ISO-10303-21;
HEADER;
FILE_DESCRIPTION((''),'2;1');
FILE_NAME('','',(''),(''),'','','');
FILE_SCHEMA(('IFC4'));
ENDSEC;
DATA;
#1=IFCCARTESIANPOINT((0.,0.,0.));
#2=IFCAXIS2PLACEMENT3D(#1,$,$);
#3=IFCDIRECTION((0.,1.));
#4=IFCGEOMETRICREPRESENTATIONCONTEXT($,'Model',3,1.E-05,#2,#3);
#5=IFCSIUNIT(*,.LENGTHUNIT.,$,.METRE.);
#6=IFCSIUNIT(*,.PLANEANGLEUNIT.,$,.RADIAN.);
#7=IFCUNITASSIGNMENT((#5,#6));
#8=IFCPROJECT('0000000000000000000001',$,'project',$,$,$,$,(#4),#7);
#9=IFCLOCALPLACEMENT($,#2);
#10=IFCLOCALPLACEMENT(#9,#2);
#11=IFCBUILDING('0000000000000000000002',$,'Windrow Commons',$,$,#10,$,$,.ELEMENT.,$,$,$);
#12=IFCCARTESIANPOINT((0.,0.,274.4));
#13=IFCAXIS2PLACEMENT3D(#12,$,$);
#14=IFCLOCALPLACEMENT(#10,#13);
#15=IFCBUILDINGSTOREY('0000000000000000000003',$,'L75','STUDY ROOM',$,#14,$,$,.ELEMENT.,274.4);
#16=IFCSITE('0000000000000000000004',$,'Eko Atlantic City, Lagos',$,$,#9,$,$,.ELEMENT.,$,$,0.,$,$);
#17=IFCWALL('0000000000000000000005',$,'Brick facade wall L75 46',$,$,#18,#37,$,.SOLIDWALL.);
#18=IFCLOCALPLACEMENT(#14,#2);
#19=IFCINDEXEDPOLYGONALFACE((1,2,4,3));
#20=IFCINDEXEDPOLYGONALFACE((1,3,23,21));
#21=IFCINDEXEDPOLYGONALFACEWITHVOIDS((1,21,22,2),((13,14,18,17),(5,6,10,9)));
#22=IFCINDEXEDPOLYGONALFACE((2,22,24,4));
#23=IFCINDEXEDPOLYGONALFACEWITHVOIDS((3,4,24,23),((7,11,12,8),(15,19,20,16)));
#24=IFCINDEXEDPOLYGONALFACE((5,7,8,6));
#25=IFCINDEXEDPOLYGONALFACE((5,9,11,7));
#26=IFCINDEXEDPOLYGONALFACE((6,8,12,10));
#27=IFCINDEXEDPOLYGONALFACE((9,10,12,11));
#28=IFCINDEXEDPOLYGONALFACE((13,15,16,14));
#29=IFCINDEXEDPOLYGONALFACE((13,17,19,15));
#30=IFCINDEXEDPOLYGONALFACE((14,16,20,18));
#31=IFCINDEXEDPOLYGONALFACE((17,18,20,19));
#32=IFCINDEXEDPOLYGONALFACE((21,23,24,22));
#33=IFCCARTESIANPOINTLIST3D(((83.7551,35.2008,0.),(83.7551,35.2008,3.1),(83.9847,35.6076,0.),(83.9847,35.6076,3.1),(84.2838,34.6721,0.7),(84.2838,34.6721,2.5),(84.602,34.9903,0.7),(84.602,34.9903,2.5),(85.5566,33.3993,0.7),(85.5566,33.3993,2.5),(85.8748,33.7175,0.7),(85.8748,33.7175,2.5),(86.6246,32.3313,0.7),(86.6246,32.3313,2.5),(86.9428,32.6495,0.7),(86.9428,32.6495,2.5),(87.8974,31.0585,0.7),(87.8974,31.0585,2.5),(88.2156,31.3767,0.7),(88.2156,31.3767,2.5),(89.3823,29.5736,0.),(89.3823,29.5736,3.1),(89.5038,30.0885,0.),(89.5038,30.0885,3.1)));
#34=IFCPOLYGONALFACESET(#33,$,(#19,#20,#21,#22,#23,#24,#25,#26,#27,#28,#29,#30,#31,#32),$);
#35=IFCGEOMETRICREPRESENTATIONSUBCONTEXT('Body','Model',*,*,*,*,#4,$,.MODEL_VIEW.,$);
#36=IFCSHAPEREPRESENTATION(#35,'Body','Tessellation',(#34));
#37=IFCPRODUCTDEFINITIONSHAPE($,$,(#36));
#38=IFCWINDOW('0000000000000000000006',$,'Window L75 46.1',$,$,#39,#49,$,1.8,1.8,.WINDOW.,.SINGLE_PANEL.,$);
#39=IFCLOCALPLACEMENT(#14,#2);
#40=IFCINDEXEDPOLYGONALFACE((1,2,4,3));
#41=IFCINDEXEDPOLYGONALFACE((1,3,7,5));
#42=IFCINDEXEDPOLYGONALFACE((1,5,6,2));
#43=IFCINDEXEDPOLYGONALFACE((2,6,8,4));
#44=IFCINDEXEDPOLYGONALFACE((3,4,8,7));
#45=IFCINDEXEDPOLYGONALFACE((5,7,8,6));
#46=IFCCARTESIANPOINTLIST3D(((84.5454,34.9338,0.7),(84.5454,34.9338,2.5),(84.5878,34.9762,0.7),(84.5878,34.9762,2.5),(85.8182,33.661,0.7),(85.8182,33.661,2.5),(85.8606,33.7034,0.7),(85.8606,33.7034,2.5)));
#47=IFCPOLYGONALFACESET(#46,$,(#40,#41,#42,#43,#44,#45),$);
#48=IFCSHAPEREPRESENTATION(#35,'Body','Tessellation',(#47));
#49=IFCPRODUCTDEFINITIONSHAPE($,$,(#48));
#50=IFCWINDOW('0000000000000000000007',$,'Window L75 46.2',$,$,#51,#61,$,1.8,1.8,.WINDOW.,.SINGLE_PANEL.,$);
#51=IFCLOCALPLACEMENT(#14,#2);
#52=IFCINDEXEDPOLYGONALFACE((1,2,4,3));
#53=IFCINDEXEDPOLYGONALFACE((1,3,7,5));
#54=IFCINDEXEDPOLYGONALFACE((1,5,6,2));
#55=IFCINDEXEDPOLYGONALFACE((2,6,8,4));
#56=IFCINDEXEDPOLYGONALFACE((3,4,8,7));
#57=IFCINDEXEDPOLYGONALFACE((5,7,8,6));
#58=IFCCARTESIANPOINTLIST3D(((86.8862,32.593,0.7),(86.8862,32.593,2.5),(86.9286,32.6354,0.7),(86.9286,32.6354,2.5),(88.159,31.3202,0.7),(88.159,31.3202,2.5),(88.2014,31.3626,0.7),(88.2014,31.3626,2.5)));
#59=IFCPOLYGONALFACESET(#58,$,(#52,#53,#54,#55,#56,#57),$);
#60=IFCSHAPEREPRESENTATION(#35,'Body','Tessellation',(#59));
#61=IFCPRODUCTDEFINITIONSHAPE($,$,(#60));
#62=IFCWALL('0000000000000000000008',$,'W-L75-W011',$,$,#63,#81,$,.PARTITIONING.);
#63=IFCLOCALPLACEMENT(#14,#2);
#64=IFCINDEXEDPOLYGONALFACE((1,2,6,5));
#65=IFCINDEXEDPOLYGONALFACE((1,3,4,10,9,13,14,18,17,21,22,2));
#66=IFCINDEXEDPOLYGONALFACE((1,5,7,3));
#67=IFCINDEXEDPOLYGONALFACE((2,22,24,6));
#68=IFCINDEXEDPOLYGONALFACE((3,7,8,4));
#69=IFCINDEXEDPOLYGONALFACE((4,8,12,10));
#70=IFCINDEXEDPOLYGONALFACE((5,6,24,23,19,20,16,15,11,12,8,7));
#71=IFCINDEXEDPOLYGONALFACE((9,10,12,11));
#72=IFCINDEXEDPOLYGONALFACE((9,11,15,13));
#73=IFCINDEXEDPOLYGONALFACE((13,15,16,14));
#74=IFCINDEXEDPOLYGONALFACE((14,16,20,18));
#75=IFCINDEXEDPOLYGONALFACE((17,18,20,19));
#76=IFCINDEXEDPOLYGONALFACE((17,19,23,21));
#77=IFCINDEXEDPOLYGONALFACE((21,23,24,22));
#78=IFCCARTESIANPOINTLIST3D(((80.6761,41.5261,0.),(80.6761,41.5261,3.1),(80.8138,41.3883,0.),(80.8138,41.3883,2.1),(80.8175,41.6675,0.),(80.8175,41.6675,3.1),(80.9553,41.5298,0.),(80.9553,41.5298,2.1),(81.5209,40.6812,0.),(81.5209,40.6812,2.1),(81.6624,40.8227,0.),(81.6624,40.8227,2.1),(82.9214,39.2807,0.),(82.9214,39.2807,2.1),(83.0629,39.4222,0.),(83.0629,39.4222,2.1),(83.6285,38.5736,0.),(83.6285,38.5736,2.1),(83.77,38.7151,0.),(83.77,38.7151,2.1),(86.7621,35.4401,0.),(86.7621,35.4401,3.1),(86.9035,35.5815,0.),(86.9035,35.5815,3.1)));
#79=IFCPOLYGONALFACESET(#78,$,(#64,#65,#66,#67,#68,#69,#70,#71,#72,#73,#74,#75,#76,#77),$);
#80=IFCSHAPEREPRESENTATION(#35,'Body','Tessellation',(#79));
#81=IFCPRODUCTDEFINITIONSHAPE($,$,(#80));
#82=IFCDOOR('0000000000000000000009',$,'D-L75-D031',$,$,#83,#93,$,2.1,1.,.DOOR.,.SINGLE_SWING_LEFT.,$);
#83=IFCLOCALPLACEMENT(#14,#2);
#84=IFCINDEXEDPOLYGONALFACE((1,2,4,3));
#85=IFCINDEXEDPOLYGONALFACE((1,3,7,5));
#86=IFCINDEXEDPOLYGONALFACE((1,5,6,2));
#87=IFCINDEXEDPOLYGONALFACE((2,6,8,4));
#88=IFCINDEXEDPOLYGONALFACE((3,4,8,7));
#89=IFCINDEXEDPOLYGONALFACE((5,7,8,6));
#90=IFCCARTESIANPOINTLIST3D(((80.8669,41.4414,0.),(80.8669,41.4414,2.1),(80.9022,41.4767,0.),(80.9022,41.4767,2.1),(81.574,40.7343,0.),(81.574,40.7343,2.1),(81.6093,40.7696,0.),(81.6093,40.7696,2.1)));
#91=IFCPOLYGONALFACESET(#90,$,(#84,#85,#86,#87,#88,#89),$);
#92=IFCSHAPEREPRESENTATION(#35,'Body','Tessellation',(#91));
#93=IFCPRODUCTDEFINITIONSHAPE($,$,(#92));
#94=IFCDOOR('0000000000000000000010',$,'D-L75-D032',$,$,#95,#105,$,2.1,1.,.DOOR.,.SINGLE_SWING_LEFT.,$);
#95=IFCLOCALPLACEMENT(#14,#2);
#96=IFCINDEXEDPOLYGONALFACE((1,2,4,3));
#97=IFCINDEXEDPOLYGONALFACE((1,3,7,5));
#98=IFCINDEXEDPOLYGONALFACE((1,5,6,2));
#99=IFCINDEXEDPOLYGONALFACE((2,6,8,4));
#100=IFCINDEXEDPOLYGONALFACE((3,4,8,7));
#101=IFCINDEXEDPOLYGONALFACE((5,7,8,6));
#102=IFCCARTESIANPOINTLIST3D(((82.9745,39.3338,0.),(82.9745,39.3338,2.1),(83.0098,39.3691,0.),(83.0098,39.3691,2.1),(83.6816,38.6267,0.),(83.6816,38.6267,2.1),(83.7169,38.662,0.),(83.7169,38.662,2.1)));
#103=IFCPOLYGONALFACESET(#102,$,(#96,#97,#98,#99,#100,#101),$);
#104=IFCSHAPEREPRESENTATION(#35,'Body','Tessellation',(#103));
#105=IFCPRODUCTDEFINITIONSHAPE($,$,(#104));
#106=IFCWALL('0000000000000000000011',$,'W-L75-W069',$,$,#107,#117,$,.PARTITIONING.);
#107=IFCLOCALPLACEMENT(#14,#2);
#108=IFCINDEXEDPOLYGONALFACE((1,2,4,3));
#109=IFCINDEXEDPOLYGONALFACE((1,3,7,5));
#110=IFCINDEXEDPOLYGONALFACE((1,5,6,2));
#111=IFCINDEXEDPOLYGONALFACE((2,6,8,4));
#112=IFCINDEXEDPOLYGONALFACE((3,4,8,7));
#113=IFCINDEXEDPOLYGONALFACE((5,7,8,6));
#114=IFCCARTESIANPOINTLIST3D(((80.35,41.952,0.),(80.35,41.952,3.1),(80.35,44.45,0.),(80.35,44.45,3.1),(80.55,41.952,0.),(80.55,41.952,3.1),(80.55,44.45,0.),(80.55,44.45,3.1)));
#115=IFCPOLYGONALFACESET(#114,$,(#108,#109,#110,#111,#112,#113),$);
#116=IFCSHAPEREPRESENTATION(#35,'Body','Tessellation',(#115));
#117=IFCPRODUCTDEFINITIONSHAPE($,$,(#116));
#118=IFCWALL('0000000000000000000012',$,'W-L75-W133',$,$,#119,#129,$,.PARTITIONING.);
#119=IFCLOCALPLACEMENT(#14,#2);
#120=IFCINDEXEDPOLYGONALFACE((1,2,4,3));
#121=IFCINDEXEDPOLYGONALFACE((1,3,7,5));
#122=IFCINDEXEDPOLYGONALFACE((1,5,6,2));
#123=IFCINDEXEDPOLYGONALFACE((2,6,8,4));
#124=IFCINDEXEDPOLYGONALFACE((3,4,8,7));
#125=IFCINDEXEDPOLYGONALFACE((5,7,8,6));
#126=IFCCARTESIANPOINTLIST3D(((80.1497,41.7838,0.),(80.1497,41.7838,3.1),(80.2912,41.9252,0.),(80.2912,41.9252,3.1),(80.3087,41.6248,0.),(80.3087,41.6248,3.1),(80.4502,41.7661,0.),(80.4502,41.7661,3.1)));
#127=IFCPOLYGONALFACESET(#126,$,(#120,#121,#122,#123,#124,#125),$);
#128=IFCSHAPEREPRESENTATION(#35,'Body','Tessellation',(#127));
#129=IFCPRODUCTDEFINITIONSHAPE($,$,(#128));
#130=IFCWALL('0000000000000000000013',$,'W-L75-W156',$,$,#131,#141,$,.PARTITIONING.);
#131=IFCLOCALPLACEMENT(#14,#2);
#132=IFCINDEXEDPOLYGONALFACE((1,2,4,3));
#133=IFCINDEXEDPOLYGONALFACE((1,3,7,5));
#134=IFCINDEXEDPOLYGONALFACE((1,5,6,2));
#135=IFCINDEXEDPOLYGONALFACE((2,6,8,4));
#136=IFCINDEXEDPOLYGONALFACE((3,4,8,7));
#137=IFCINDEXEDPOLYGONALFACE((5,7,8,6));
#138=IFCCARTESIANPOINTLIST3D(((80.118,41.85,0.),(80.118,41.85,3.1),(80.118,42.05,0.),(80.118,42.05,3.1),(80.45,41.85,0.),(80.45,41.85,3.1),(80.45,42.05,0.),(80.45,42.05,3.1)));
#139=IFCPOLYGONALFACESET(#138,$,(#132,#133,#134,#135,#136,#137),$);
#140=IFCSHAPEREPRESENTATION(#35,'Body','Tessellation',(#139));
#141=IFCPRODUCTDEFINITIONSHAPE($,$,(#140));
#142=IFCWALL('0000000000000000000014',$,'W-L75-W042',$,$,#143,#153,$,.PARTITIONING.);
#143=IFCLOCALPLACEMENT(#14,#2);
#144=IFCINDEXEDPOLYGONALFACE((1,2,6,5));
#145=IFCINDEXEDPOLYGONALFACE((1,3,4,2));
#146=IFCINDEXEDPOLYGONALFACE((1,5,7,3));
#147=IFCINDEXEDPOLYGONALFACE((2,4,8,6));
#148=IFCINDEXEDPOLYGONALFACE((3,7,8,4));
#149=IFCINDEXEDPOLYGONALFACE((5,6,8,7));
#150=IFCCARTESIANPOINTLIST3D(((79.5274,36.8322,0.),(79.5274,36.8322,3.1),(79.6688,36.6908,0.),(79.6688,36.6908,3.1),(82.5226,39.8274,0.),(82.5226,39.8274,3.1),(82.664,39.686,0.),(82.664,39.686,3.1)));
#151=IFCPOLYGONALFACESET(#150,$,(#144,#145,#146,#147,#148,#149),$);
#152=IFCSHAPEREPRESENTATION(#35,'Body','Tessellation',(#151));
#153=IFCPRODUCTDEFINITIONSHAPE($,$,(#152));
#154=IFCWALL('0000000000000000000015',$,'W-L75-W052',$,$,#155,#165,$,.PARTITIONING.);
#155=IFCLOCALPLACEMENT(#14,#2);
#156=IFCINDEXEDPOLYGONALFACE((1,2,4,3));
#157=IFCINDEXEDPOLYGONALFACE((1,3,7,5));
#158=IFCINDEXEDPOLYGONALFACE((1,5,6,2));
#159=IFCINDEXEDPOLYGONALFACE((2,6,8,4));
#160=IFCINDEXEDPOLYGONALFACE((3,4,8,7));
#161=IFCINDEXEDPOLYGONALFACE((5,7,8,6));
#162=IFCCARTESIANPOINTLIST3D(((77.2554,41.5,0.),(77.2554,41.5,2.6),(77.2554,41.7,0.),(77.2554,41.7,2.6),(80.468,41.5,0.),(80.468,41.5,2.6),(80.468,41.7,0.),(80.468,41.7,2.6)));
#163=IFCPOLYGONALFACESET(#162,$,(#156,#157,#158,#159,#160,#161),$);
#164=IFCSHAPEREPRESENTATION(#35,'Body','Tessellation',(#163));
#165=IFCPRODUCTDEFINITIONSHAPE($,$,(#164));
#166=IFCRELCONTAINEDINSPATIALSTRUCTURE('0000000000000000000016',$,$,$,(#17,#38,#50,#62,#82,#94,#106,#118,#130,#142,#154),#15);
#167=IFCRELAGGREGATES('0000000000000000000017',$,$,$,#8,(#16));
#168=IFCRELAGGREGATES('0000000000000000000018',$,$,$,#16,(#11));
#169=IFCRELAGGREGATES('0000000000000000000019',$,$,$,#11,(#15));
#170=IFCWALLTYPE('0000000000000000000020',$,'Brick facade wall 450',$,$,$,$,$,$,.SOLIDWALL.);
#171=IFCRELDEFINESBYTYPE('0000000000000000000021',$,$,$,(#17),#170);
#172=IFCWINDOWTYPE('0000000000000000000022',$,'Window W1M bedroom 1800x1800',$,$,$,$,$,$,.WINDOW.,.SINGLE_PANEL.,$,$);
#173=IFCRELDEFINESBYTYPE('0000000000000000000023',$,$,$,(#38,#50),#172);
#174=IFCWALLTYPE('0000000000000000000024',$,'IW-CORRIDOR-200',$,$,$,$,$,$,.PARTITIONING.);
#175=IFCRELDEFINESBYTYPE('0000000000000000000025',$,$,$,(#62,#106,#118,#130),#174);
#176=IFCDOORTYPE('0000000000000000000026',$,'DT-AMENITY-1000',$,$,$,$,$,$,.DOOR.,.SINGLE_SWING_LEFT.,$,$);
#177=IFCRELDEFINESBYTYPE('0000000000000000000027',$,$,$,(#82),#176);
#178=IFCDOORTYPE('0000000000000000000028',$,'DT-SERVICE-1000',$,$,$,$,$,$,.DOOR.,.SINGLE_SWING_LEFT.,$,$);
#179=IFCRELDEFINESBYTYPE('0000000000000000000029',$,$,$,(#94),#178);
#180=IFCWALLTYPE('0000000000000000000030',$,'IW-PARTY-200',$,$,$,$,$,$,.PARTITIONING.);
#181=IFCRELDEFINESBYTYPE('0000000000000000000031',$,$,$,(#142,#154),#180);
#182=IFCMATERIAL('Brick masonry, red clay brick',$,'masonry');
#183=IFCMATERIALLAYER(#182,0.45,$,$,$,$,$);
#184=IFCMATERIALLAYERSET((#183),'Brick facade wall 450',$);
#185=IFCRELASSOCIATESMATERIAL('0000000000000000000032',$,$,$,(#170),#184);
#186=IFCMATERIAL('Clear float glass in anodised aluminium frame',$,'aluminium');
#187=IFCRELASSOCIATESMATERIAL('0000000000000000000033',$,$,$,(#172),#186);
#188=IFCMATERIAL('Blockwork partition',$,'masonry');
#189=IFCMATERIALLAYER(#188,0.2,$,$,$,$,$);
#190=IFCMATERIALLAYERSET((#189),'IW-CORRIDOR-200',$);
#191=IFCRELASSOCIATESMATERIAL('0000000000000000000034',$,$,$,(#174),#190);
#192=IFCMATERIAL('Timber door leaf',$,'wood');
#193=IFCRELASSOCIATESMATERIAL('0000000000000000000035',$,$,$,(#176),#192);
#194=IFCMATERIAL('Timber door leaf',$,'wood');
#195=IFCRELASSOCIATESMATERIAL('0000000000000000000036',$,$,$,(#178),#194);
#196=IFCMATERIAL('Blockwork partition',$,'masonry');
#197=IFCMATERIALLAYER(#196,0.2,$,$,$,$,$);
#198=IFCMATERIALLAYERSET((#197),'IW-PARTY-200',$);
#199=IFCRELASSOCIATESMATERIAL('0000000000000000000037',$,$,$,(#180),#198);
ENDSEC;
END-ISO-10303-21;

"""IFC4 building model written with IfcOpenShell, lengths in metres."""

from ifc_helpers import new_model, si_unit, direction, frame, frame_2d, origin, place, context, subcontext, project, spatial, polyline, rectangle, outline, extrude, material, layer, layer_set, type_object, element, fill, save


model = new_model("IFC4")

# Units and contexts
model_context = context("Model", 3, precision=1e-05, world=origin(), true_north=direction((0.0, 1.0)))
body_context = subcontext(model_context, "Body", "Model", "MODEL_VIEW")
ifc_project = project(units=[si_unit("LENGTHUNIT", "METRE"), si_unit("PLANEANGLEUNIT", "RADIAN")], contexts=[model_context])

# Site, building, storey
site_placement = place(None, origin())
site = spatial("IfcSite", under=ifc_project, at=site_placement, Name="Eko Atlantic City, Lagos", CompositionType="ELEMENT", RefElevation=0.0)
building_placement = place(site_placement, origin())
building = spatial("IfcBuilding", under=site, at=building_placement, Name="Windrow Commons", CompositionType="ELEMENT")
storey_placement = place(building_placement, frame((0.0, 0.0, 274.4)))
storey = spatial("IfcBuildingStorey", under=building, at=storey_placement, Name="L75", Description="STUDY ROOM", CompositionType="ELEMENT", Elevation=274.4)

# Shared definitions
ifc_material_1 = material(Name="Brick masonry, red clay brick", Category="masonry")
ifc_layer_1 = layer(ifc_material_1, 0.45)
ifc_layer_set_1 = layer_set([ifc_layer_1], Name="Brick facade wall 450")
wall_type_1 = type_object("IfcWallType", Name="Brick facade wall 450", PredefinedType="SOLIDWALL", material=ifc_layer_set_1)

# Wall, openings, windows
wall_1_placement = place(storey_placement, frame((83.8699, 35.4042, 0.0), z_axis=(0.0, 0.0, 1.0), x_axis=(0.707107, -0.707107, 0.0)))
wall_1 = element("IfcWall", 1, at=wall_1_placement, inside=storey, type_object=wall_type_1, Name="Brick facade wall L75 46", PredefinedType="SOLIDWALL", context=body_context, shape_type="SweptSolid", body=[
    extrude(outline(polyline([(0.0626, -0.225), (8.0207, -0.225), (7.7426, 0.225), (-0.0626, 0.225), (0.0626, -0.225)])), origin(), (0.0, 0.0, 1.0), 3.1),
])
opening_1_placement = place(wall_1_placement, frame((0.8103, 0.0, 0.7)))
opening_1 = element("IfcOpeningElement", 2, at=opening_1_placement, cuts=wall_1, PredefinedType="OPENING", context=body_context, shape_type="SweptSolid", body=[
    extrude(rectangle(XDim=1.8, YDim=1.8, at=frame_2d((0.9, 0.9))), frame((0.0, 0.235, 0.0), z_axis=(0.0, -1.0, 0.0), x_axis=(1.0, 0.0, 0.0)), (0.0, 0.0, 1.0), 0.47),
])
opening_2_placement = place(wall_1_placement, frame((4.1207, 0.0, 0.7)))
opening_2 = element("IfcOpeningElement", 3, at=opening_2_placement, cuts=wall_1, PredefinedType="OPENING", context=body_context, shape_type="SweptSolid", body=[
    extrude(rectangle(XDim=1.8, YDim=1.8, at=frame_2d((0.9, 0.9))), frame((0.0, 0.235, 0.0), z_axis=(0.0, -1.0, 0.0), x_axis=(1.0, 0.0, 0.0)), (0.0, 0.0, 1.0), 0.47),
])
ifc_material_2 = material(Name="Clear float glass in anodised aluminium frame", Category="aluminium")
window_type_1 = type_object("IfcWindowType", Name="Window W1M bedroom 1800x1800", PartitioningType="SINGLE_PANEL", PredefinedType="WINDOW", material=ifc_material_2)
window_1_placement = place(opening_1_placement, origin())
window_1 = element("IfcWindow", 4, at=window_1_placement, inside=storey, type_object=window_type_1, Name="Window L75 46.1", OverallHeight=1.8, OverallWidth=1.8, PartitioningType="SINGLE_PANEL", PredefinedType="WINDOW", context=body_context, shape_type="SweptSolid", body=[
    extrude(rectangle(XDim=1.8, YDim=1.8, at=frame_2d((0.9, 0.9))), frame((0.0, 0.205, 0.0), z_axis=(0.0, -1.0, 0.0), x_axis=(1.0, 0.0, 0.0)), (0.0, 0.0, 1.0), 0.06),
])
fill(opening_1, window_1)
window_2_placement = place(opening_2_placement, origin())
window_2 = element("IfcWindow", 5, at=window_2_placement, inside=storey, type_object=window_type_1, Name="Window L75 46.2", OverallHeight=1.8, OverallWidth=1.8, PartitioningType="SINGLE_PANEL", PredefinedType="WINDOW", context=body_context, shape_type="SweptSolid", body=[
    extrude(rectangle(XDim=1.8, YDim=1.8, at=frame_2d((0.9, 0.9))), frame((0.0, 0.205, 0.0), z_axis=(0.0, -1.0, 0.0), x_axis=(1.0, 0.0, 0.0)), (0.0, 0.0, 1.0), 0.06),
])
fill(opening_2, window_2)

# Wall, openings, doors
ifc_material_3 = material(Name="Blockwork partition", Category="masonry")
ifc_layer_2 = layer(ifc_material_3, 0.2)
ifc_layer_set_2 = layer_set([ifc_layer_2], Name="IW-CORRIDOR-200")
wall_type_2 = type_object("IfcWallType", Name="IW-CORRIDOR-200", PredefinedType="PARTITIONING", material=ifc_layer_set_2)
wall_2_placement = place(storey_placement, frame((80.7468, 41.5968, 0.0), z_axis=(0.0, 0.0, 1.0), x_axis=(0.707107, -0.707107, 0.0)))
wall_2 = element("IfcWall", 6, at=wall_2_placement, inside=storey, type_object=wall_type_2, Name="W-L75-W011", PredefinedType="PARTITIONING", context=body_context, shape_type="SweptSolid", body=[
    extrude(rectangle(XDim=8.6069, YDim=0.2, at=frame_2d((4.3034, 0.0))), origin(), (0.0, 0.0, 1.0), 3.1),
])
opening_3_placement = place(wall_2_placement, frame((0.1948, 0.0, 0.0)))
opening_3 = element("IfcOpeningElement", 7, at=opening_3_placement, cuts=wall_2, PredefinedType="OPENING", context=body_context, shape_type="SweptSolid", body=[
    extrude(rectangle(XDim=1.0, YDim=2.1, at=frame_2d((0.5, 1.05))), frame((0.0, 0.11, 0.0), z_axis=(0.0, -1.0, 0.0), x_axis=(1.0, 0.0, 0.0)), (0.0, 0.0, 1.0), 0.22),
])
opening_4_placement = place(wall_2_placement, frame((3.1754, 0.0, 0.0)))
opening_4 = element("IfcOpeningElement", 8, at=opening_4_placement, cuts=wall_2, PredefinedType="OPENING", context=body_context, shape_type="SweptSolid", body=[
    extrude(rectangle(XDim=1.0, YDim=2.1, at=frame_2d((0.5, 1.05))), frame((0.0, 0.11, 0.0), z_axis=(0.0, -1.0, 0.0), x_axis=(1.0, 0.0, 0.0)), (0.0, 0.0, 1.0), 0.22),
])
ifc_material_4 = material(Name="Timber door leaf", Category="wood")
door_type_1 = type_object("IfcDoorType", Name="DT-AMENITY-1000", OperationType="SINGLE_SWING_LEFT", PredefinedType="DOOR", material=ifc_material_4)
door_1_placement = place(opening_3_placement, origin())
door_1 = element("IfcDoor", 9, at=door_1_placement, inside=storey, type_object=door_type_1, Name="D-L75-D031", OperationType="SINGLE_SWING_LEFT", OverallHeight=2.1, OverallWidth=1.0, PredefinedType="DOOR", context=body_context, shape_type="SweptSolid", body=[
    extrude(rectangle(XDim=1.0, YDim=2.1, at=frame_2d((0.5, 1.05))), frame((0.0, 0.025, 0.0), z_axis=(0.0, -1.0, 0.0), x_axis=(1.0, 0.0, 0.0)), (0.0, 0.0, 1.0), 0.05),
])
fill(opening_3, door_1)
ifc_material_5 = material(Name="Timber door leaf", Category="wood")
door_type_2 = type_object("IfcDoorType", Name="DT-SERVICE-1000", OperationType="SINGLE_SWING_LEFT", PredefinedType="DOOR", material=ifc_material_5)
door_2_placement = place(opening_4_placement, origin())
door_2 = element("IfcDoor", 10, at=door_2_placement, inside=storey, type_object=door_type_2, Name="D-L75-D032", OperationType="SINGLE_SWING_LEFT", OverallHeight=2.1, OverallWidth=1.0, PredefinedType="DOOR", context=body_context, shape_type="SweptSolid", body=[
    extrude(rectangle(XDim=1.0, YDim=2.1, at=frame_2d((0.5, 1.05))), frame((0.0, 0.025, 0.0), z_axis=(0.0, -1.0, 0.0), x_axis=(1.0, 0.0, 0.0)), (0.0, 0.0, 1.0), 0.05),
])
fill(opening_4, door_2)

# Walls
wall_3_placement = place(storey_placement, frame((80.45, 41.952, 0.0), z_axis=(0.0, 0.0, 1.0), x_axis=(0.0, 1.0, 0.0)))
element("IfcWall", 11, at=wall_3_placement, inside=storey, type_object=wall_type_2, Name="W-L75-W069", PredefinedType="PARTITIONING", context=body_context, shape_type="SweptSolid", body=[
    extrude(rectangle(XDim=2.498, YDim=0.2, at=frame_2d((1.249, 0.0))), origin(), (0.0, 0.0, 1.0), 3.1),
])
wall_4_placement = place(storey_placement, frame((80.2205, 41.8545, 0.0), z_axis=(0.0, 0.0, 1.0), x_axis=(0.706884, -0.707329, 0.0)))
element("IfcWall", 12, at=wall_4_placement, inside=storey, type_object=wall_type_2, Name="W-L75-W133", PredefinedType="PARTITIONING", context=body_context, shape_type="SweptSolid", body=[
    extrude(rectangle(XDim=0.2249, YDim=0.2, at=frame_2d((0.1124, 0.0))), origin(), (0.0, 0.0, 1.0), 3.1),
])
wall_5_placement = place(storey_placement, frame((80.118, 41.95, 0.0), z_axis=(0.0, 0.0, 1.0), x_axis=(1.0, 0.0, 0.0)))
element("IfcWall", 13, at=wall_5_placement, inside=storey, type_object=wall_type_2, Name="W-L75-W156", PredefinedType="PARTITIONING", context=body_context, shape_type="SweptSolid", body=[
    extrude(rectangle(XDim=0.332, YDim=0.2, at=frame_2d((0.166, 0.0))), origin(), (0.0, 0.0, 1.0), 3.1),
])
ifc_material_6 = material(Name="Blockwork partition", Category="masonry")
ifc_layer_3 = layer(ifc_material_6, 0.2)
ifc_layer_set_3 = layer_set([ifc_layer_3], Name="IW-PARTY-200")
wall_type_3 = type_object("IfcWallType", Name="IW-PARTY-200", PredefinedType="PARTITIONING", material=ifc_layer_set_3)
wall_6_placement = place(storey_placement, frame((79.5981, 36.7615, 0.0), z_axis=(0.0, 0.0, 1.0), x_axis=(0.707107, 0.707107, 0.0)))
element("IfcWall", 14, at=wall_6_placement, inside=storey, type_object=wall_type_3, Name="W-L75-W042", PredefinedType="PARTITIONING", context=body_context, shape_type="SweptSolid", body=[
    extrude(rectangle(XDim=4.2359, YDim=0.2, at=frame_2d((2.1179, 0.0))), origin(), (0.0, 0.0, 1.0), 3.1),
])
wall_7_placement = place(storey_placement, frame((77.2555, 41.6, 0.0), z_axis=(0.0, 0.0, 1.0), x_axis=(1.0, 0.0, 0.0)))
element("IfcWall", 15, at=wall_7_placement, inside=storey, type_object=wall_type_3, Name="W-L75-W052", PredefinedType="PARTITIONING", context=body_context, shape_type="SweptSolid", body=[
    extrude(rectangle(XDim=3.2125, YDim=0.2, at=frame_2d((1.6062, 0.0))), origin(), (0.0, 0.0, 1.0), 2.6),
])

save(model, "model.ifc")
